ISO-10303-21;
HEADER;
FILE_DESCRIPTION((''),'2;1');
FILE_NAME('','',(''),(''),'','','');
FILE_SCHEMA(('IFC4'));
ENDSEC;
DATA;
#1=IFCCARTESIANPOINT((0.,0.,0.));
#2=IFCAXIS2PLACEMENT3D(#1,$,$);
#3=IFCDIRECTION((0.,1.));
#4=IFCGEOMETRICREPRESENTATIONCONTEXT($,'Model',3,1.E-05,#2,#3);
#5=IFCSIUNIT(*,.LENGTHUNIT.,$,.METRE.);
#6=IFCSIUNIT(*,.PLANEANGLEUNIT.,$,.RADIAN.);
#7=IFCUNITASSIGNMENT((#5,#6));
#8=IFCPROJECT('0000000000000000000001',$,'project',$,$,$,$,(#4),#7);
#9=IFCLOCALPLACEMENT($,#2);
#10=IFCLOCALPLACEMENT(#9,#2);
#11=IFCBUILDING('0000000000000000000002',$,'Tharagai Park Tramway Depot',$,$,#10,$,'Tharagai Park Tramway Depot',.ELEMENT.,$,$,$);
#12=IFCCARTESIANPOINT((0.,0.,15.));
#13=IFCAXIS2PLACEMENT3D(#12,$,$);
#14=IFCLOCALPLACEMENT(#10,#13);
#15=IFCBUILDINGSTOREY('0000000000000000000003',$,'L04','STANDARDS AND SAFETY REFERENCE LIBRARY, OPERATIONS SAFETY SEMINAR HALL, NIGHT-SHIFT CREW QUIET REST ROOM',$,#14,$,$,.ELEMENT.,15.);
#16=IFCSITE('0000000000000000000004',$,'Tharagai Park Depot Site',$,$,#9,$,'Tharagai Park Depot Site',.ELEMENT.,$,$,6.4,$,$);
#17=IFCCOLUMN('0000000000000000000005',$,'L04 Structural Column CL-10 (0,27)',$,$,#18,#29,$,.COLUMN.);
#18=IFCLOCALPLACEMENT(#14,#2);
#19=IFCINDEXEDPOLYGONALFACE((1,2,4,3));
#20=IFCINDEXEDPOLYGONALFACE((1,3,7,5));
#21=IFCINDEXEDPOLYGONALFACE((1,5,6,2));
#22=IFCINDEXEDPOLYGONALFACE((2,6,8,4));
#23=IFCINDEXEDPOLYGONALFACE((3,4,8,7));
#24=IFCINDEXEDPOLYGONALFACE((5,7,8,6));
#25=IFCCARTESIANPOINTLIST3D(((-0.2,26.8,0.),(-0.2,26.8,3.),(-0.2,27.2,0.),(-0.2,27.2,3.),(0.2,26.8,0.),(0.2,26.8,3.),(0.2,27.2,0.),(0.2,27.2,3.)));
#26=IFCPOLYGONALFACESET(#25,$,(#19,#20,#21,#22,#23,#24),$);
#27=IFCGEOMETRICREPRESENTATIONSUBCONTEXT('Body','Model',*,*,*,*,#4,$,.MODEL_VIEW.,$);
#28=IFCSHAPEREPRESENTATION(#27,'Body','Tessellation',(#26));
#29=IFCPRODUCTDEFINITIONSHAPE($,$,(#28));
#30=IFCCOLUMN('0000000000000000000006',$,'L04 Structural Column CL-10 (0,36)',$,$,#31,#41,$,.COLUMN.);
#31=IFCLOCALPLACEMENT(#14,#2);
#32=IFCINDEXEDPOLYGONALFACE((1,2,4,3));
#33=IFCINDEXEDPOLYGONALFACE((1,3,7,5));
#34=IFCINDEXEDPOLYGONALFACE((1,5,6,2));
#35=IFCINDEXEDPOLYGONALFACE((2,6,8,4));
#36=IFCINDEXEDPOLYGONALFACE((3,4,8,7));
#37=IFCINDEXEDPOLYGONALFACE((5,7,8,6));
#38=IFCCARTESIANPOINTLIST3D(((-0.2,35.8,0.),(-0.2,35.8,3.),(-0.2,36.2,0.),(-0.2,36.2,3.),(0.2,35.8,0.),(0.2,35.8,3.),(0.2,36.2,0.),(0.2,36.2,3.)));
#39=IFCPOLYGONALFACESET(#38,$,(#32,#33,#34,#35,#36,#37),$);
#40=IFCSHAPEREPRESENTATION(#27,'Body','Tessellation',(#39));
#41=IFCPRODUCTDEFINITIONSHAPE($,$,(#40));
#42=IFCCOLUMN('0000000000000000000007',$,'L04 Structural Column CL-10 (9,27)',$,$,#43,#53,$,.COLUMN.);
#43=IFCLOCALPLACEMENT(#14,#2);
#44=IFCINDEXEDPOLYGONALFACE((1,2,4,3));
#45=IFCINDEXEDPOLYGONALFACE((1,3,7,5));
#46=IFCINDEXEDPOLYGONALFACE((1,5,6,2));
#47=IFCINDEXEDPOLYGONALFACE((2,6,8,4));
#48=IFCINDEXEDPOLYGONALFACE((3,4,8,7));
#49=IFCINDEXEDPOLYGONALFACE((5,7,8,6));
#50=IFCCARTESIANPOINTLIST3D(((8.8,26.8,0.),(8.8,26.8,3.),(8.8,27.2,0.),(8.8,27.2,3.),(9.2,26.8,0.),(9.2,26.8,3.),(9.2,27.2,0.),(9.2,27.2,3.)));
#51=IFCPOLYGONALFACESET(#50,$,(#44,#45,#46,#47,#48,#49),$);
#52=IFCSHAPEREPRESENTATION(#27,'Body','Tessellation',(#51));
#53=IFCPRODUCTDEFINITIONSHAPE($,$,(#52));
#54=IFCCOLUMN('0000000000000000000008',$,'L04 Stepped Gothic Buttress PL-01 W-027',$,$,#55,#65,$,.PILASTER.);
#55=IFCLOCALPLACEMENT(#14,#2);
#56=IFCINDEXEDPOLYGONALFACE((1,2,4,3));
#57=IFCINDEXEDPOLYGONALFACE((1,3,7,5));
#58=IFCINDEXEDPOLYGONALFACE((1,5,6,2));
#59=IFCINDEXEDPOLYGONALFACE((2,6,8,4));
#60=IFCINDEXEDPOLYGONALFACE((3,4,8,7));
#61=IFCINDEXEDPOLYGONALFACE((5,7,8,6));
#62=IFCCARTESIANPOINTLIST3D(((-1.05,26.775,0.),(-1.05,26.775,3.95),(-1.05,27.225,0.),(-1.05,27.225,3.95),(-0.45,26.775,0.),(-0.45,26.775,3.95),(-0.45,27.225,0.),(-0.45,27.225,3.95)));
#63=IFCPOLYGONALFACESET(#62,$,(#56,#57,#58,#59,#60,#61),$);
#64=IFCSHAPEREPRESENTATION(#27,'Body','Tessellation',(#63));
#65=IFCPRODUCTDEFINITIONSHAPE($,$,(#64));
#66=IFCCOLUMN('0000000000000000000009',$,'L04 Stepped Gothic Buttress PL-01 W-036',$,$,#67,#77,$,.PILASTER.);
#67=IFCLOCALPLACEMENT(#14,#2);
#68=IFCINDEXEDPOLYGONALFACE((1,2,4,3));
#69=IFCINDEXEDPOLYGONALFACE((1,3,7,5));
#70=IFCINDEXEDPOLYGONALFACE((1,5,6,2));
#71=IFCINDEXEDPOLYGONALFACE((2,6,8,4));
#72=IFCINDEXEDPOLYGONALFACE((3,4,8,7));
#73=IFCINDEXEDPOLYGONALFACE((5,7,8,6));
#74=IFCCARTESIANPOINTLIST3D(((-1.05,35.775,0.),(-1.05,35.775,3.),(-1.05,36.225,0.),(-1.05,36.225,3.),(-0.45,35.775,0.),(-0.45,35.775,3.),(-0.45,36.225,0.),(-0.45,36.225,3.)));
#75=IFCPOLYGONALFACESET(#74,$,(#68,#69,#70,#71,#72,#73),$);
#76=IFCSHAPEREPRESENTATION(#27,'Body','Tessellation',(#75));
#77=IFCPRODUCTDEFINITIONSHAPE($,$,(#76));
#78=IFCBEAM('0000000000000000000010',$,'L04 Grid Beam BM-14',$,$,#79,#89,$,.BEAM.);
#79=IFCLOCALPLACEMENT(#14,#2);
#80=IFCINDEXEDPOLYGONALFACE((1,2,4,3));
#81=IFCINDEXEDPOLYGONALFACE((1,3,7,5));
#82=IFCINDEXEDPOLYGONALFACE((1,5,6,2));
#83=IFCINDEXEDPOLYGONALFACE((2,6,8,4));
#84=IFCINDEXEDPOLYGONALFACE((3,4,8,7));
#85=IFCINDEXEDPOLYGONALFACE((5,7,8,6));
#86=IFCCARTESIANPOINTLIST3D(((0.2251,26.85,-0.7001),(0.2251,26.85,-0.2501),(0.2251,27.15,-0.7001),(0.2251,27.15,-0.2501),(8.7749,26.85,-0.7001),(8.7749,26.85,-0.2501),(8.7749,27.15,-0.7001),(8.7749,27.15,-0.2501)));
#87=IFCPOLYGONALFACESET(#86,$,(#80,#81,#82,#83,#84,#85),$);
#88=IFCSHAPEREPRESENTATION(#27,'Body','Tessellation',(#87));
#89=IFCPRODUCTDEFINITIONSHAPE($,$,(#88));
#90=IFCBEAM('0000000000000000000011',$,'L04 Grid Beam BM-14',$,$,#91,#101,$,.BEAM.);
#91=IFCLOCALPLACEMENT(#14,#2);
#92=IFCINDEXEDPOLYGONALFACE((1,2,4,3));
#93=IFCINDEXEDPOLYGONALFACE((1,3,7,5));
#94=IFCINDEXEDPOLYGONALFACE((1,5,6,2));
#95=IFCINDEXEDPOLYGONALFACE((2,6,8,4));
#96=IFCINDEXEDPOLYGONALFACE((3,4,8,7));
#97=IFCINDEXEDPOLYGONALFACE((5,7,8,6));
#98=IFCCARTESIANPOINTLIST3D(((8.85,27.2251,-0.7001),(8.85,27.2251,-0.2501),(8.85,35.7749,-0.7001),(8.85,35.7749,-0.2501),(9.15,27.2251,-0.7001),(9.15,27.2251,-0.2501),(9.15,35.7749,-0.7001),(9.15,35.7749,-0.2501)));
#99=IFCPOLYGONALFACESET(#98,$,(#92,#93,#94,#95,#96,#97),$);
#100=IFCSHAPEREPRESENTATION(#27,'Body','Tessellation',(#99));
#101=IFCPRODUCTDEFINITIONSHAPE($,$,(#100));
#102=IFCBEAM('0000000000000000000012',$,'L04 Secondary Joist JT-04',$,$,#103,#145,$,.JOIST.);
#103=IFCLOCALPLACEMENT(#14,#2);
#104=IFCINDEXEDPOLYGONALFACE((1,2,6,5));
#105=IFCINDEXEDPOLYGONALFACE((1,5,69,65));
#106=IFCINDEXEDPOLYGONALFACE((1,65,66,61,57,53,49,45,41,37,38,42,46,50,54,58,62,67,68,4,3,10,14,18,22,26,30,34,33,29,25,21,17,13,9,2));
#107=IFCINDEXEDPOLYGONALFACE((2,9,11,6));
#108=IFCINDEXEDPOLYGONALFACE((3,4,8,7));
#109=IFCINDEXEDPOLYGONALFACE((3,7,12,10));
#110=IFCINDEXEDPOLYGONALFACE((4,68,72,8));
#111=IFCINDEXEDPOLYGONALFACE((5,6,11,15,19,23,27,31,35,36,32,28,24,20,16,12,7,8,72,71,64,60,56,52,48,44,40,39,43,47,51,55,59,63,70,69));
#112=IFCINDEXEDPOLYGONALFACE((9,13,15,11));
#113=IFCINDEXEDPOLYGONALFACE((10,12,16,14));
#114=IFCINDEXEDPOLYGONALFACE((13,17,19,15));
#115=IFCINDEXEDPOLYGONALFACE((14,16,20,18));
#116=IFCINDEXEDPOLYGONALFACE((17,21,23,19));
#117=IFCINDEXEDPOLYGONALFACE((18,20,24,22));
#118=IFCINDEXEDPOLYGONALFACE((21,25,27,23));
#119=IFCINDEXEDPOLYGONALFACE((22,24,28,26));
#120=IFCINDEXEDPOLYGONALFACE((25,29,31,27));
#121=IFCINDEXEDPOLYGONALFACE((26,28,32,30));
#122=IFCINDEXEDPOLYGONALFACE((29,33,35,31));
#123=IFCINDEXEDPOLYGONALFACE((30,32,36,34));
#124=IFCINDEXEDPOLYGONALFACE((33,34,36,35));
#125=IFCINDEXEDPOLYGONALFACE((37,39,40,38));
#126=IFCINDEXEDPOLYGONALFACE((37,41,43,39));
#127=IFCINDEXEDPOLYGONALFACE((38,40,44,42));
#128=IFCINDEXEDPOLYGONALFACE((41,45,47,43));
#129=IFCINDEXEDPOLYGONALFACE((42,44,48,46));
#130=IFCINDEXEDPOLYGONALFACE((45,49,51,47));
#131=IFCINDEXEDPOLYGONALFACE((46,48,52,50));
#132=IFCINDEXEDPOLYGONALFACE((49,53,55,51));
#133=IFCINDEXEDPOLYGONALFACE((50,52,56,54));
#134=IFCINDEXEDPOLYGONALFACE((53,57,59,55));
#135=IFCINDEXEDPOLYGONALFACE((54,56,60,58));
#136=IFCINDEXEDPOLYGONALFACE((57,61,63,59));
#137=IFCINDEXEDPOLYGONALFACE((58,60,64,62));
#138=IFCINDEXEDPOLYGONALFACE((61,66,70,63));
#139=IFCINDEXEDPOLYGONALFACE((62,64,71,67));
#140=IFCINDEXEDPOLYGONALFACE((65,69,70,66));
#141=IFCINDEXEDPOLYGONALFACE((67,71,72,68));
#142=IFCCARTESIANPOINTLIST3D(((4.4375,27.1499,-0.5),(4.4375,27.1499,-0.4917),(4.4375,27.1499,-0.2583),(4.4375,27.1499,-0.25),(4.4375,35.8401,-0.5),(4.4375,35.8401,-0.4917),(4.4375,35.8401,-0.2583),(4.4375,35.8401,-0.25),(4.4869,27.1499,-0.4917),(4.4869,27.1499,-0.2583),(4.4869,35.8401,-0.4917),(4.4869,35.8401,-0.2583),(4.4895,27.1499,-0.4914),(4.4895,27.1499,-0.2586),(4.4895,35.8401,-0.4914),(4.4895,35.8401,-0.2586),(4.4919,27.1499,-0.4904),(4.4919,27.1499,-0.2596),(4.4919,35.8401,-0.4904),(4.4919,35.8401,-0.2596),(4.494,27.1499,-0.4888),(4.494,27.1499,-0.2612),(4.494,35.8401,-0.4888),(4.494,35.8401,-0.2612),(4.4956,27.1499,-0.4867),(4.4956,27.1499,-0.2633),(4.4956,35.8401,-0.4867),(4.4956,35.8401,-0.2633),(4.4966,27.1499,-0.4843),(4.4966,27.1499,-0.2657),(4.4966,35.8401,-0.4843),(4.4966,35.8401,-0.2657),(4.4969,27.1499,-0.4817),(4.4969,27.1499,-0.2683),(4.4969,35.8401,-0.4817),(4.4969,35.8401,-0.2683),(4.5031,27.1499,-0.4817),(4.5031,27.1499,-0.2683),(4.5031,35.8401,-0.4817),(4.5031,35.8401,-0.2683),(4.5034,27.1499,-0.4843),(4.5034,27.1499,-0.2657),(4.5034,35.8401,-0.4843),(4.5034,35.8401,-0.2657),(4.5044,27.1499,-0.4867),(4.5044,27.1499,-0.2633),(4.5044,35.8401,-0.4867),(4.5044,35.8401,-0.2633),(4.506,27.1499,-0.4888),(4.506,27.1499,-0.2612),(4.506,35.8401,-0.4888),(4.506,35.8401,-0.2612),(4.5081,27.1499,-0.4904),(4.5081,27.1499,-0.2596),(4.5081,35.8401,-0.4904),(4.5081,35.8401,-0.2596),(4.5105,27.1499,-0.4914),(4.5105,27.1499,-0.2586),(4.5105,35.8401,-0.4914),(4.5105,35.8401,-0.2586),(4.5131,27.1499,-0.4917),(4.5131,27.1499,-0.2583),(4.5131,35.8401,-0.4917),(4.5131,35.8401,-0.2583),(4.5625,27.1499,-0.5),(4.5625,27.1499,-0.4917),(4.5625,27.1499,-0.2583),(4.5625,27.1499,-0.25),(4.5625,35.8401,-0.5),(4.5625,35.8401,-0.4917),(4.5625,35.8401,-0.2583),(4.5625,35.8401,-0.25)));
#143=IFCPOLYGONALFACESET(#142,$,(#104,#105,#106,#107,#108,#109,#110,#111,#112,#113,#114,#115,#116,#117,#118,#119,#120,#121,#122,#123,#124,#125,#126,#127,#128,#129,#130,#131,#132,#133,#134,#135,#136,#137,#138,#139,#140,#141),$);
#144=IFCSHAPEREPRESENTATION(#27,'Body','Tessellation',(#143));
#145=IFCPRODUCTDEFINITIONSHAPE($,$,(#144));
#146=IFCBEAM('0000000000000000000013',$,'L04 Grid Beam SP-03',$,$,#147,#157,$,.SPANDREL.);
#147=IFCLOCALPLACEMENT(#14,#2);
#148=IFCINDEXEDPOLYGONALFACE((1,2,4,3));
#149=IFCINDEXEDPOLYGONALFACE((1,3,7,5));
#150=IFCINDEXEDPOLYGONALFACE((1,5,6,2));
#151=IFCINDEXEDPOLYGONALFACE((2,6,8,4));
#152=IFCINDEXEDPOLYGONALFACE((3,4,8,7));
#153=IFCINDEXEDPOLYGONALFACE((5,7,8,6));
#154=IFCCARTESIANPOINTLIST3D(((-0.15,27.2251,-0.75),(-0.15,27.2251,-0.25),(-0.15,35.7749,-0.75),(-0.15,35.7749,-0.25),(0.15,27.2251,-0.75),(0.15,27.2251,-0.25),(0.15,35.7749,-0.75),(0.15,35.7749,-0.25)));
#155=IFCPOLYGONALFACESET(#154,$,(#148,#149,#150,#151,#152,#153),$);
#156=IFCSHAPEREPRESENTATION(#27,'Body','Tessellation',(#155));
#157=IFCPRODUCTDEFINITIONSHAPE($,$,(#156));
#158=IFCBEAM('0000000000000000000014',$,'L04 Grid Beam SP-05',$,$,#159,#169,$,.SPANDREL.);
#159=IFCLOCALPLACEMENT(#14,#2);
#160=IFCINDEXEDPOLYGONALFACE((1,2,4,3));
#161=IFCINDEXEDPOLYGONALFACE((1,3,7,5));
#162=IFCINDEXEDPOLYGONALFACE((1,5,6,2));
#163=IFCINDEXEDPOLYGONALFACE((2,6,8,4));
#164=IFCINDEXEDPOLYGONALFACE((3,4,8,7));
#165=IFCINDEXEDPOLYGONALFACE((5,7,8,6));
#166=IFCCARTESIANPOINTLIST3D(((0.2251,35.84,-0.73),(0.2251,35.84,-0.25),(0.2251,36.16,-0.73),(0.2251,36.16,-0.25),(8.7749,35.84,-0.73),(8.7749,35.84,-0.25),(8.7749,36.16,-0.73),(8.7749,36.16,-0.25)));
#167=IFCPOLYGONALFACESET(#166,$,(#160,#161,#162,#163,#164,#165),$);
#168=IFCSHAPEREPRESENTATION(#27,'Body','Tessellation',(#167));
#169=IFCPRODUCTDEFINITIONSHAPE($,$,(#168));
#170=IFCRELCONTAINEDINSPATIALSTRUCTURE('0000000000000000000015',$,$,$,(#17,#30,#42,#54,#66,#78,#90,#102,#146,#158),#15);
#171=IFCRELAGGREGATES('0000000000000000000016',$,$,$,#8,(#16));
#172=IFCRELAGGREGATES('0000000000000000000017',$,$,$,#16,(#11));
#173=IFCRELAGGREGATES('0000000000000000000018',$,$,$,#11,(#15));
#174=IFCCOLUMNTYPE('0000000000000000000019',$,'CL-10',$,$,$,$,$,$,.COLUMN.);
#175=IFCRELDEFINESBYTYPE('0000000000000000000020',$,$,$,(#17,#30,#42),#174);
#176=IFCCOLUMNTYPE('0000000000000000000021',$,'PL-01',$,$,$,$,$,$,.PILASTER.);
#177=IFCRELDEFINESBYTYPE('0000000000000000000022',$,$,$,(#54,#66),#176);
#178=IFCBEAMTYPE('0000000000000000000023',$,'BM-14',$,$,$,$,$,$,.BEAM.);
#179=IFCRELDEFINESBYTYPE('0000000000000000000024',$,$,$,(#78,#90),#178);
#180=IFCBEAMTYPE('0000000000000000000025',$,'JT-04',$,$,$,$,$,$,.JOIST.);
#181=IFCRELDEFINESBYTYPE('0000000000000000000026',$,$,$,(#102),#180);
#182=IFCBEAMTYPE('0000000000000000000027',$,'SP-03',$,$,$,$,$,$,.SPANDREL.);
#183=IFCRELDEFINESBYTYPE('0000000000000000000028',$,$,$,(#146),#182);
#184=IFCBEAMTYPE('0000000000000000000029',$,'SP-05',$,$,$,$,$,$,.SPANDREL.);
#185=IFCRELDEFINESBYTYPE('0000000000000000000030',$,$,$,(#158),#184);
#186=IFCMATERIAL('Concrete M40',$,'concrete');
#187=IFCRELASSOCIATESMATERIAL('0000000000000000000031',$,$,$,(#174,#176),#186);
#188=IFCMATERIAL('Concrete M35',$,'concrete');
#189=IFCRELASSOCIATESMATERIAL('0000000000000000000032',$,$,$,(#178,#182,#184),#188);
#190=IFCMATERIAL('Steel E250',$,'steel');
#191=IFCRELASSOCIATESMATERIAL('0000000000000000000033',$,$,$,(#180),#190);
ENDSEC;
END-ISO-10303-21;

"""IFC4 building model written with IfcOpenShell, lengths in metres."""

from ifc_helpers import new_model, si_unit, direction, frame, origin, origin_2d, place, context, subcontext, project, spatial, rectangle, i_section, extrude, material, material_profile, profile_set, type_object, element, save


model = new_model("IFC4")

# Units and contexts
model_context = context("Model", 3, precision=1e-05, world=origin(), true_north=direction((0.0, 1.0)))
body_context = subcontext(model_context, "Body", "Model", "MODEL_VIEW")
ifc_project = project(units=[si_unit("LENGTHUNIT", "METRE"), si_unit("PLANEANGLEUNIT", "RADIAN")], contexts=[model_context])

# Site, building, storey
site_placement = place(None, origin())
site = spatial("IfcSite", under=ifc_project, at=site_placement, Name="Tharagai Park Depot Site", LongName="Tharagai Park Depot Site", CompositionType="ELEMENT", RefElevation=6.4)
building_placement = place(site_placement, origin())
building = spatial("IfcBuilding", under=site, at=building_placement, Name="Tharagai Park Tramway Depot", LongName="Tharagai Park Tramway Depot", CompositionType="ELEMENT")
storey_placement = place(building_placement, frame((0.0, 0.0, 15.0)))
storey = spatial("IfcBuildingStorey", under=building, at=storey_placement, Name="L04", Description="STANDARDS AND SAFETY REFERENCE LIBRARY, OPERATIONS SAFETY SEMINAR HALL, NIGHT-SHIFT CREW QUIET REST ROOM", CompositionType="ELEMENT", Elevation=15.0)

# Columns
ifc_material_1 = material(Name="Concrete M40", Category="concrete")
ifc_material_profile_1 = material_profile(ifc_material_1, rectangle(XDim=0.3999, YDim=0.3999, at=origin_2d()), Name="RC 400x400")
ifc_profile_set_1 = profile_set([ifc_material_profile_1], Name="Concrete M40")
column_type_1 = type_object("IfcColumnType", Name="CL-10", PredefinedType="COLUMN", material=ifc_profile_set_1)
for number, where, z_axis, x_axis, name in (
    (1, (0.0, 27.0, 0.0), (0.0, 0.0, 1.0), (1.0, 0.0, 0.0), "L04 Structural Column CL-10 (0,27)"),
    (2, (0.0, 36.0, 0.0), (0.0, 0.0, 1.0), (1.0, 0.0, 0.0), "L04 Structural Column CL-10 (0,36)"),
    (3, (9.0, 27.0, 0.0), (0.0, 0.0, 1.0), (1.0, 0.0, 0.0), "L04 Structural Column CL-10 (9,27)"),
):
    element("IfcColumn", number, at=place(storey_placement, frame(where, z_axis=z_axis, x_axis=x_axis)), inside=storey, type_object=column_type_1, Name=name, PredefinedType="COLUMN", context=body_context, shape_type="SweptSolid", body=[
        extrude(rectangle(XDim=0.3999, YDim=0.3999, at=origin_2d()), origin(), (0.0, 0.0, 1.0), 3.0),
    ])
ifc_material_profile_2 = material_profile(ifc_material_1, rectangle(XDim=0.45, YDim=0.6001, at=origin_2d()), Name="RC 450x600")
ifc_profile_set_2 = profile_set([ifc_material_profile_2], Name="Concrete M40")
column_type_2 = type_object("IfcColumnType", Name="PL-01", PredefinedType="PILASTER", material=ifc_profile_set_2)
column_1_placement = place(storey_placement, frame((-0.75, 27.0, 0.0), z_axis=(0.0, 0.0, 1.0), x_axis=(0.0, 1.0, 0.0)))
element("IfcColumn", 4, at=column_1_placement, inside=storey, type_object=column_type_2, Name="L04 Stepped Gothic Buttress PL-01 W-027", PredefinedType="PILASTER", context=body_context, shape_type="SweptSolid", body=[
    extrude(rectangle(XDim=0.45, YDim=0.6001, at=origin_2d()), origin(), (0.0, 0.0, 1.0), 3.95),
])
column_2_placement = place(storey_placement, frame((-0.75, 36.0, 0.0), z_axis=(0.0, 0.0, 1.0), x_axis=(0.0, 1.0, 0.0)))
element("IfcColumn", 5, at=column_2_placement, inside=storey, type_object=column_type_2, Name="L04 Stepped Gothic Buttress PL-01 W-036", PredefinedType="PILASTER", context=body_context, shape_type="SweptSolid", body=[
    extrude(rectangle(XDim=0.45, YDim=0.6001, at=origin_2d()), origin(), (0.0, 0.0, 1.0), 3.0),
])

# Beams
ifc_material_2 = material(Name="Concrete M35", Category="concrete")
ifc_material_profile_3 = material_profile(ifc_material_2, rectangle(XDim=0.3, YDim=0.45, at=origin_2d()), Name="RC 300x450")
ifc_profile_set_3 = profile_set([ifc_material_profile_3], Name="Concrete M35")
beam_type_1 = type_object("IfcBeamType", Name="BM-14", PredefinedType="BEAM", material=ifc_profile_set_3)
for number, where, z_axis, x_axis, name in (
    (6, (0.2251, 27.0, -0.4751), (1.0, 0.0, 0.0), (0.0, 1.0, 0.0), "L04 Grid Beam BM-14"),
    (7, (9.0, 27.2251, -0.4751), (0.0, 1.0, 0.0), (-1.0, 0.0, 0.0), "L04 Grid Beam BM-14"),
):
    element("IfcBeam", number, at=place(storey_placement, frame(where, z_axis=z_axis, x_axis=x_axis)), inside=storey, type_object=beam_type_1, Name=name, PredefinedType="BEAM", context=body_context, shape_type="SweptSolid", body=[
        extrude(rectangle(XDim=0.3, YDim=0.45, at=origin_2d()), origin(), (0.0, 0.0, 1.0), 8.5498),
    ])
ifc_material_3 = material(Name="Steel E250", Category="steel")
ifc_material_profile_4 = material_profile(ifc_material_3, i_section(OverallWidth=0.125, OverallDepth=0.25, WebThickness=0.0061, FlangeThickness=0.0083, FilletRadius=0.01, at=origin_2d()), Name="ISLB 250")
ifc_profile_set_4 = profile_set([ifc_material_profile_4], Name="Steel E250")
beam_type_2 = type_object("IfcBeamType", Name="JT-04", PredefinedType="JOIST", material=ifc_profile_set_4)
beam_1_placement = place(storey_placement, frame((4.5, 27.1499, -0.375), z_axis=(0.0, 1.0, 0.0), x_axis=(-1.0, 0.0, 0.0)))
element("IfcBeam", 8, at=beam_1_placement, inside=storey, type_object=beam_type_2, Name="L04 Secondary Joist JT-04", PredefinedType="JOIST", context=body_context, shape_type="SweptSolid", body=[
    extrude(i_section(OverallWidth=0.125, OverallDepth=0.25, WebThickness=0.0061, FlangeThickness=0.0083, FilletRadius=0.01, at=origin_2d()), origin(), (0.0, 0.0, 1.0), 8.6902),
])
ifc_material_profile_5 = material_profile(ifc_material_2, rectangle(XDim=0.3, YDim=0.5, at=origin_2d()), Name="RC 300x500")
ifc_profile_set_5 = profile_set([ifc_material_profile_5], Name="Concrete M35")
beam_type_3 = type_object("IfcBeamType", Name="SP-03", PredefinedType="SPANDREL", material=ifc_profile_set_5)
beam_2_placement = place(storey_placement, frame((0.0, 27.2251, -0.5), z_axis=(0.0, 1.0, 0.0), x_axis=(-1.0, 0.0, 0.0)))
element("IfcBeam", 9, at=beam_2_placement, inside=storey, type_object=beam_type_3, Name="L04 Grid Beam SP-03", PredefinedType="SPANDREL", context=body_context, shape_type="SweptSolid", body=[
    extrude(rectangle(XDim=0.3, YDim=0.5, at=origin_2d()), origin(), (0.0, 0.0, 1.0), 8.5498),
])
ifc_material_profile_6 = material_profile(ifc_material_2, rectangle(XDim=0.3201, YDim=0.48, at=origin_2d()), Name="RC 320x480")
ifc_profile_set_6 = profile_set([ifc_material_profile_6], Name="Concrete M35")
beam_type_4 = type_object("IfcBeamType", Name="SP-05", PredefinedType="SPANDREL", material=ifc_profile_set_6)
beam_3_placement = place(storey_placement, frame((0.2251, 36.0, -0.49), z_axis=(1.0, 0.0, 0.0), x_axis=(0.0, 1.0, 0.0)))
element("IfcBeam", 10, at=beam_3_placement, inside=storey, type_object=beam_type_4, Name="L04 Grid Beam SP-05", PredefinedType="SPANDREL", context=body_context, shape_type="SweptSolid", body=[
    extrude(rectangle(XDim=0.3201, YDim=0.48, at=origin_2d()), origin(), (0.0, 0.0, 1.0), 8.5498),
])

save(model, "model.ifc")
